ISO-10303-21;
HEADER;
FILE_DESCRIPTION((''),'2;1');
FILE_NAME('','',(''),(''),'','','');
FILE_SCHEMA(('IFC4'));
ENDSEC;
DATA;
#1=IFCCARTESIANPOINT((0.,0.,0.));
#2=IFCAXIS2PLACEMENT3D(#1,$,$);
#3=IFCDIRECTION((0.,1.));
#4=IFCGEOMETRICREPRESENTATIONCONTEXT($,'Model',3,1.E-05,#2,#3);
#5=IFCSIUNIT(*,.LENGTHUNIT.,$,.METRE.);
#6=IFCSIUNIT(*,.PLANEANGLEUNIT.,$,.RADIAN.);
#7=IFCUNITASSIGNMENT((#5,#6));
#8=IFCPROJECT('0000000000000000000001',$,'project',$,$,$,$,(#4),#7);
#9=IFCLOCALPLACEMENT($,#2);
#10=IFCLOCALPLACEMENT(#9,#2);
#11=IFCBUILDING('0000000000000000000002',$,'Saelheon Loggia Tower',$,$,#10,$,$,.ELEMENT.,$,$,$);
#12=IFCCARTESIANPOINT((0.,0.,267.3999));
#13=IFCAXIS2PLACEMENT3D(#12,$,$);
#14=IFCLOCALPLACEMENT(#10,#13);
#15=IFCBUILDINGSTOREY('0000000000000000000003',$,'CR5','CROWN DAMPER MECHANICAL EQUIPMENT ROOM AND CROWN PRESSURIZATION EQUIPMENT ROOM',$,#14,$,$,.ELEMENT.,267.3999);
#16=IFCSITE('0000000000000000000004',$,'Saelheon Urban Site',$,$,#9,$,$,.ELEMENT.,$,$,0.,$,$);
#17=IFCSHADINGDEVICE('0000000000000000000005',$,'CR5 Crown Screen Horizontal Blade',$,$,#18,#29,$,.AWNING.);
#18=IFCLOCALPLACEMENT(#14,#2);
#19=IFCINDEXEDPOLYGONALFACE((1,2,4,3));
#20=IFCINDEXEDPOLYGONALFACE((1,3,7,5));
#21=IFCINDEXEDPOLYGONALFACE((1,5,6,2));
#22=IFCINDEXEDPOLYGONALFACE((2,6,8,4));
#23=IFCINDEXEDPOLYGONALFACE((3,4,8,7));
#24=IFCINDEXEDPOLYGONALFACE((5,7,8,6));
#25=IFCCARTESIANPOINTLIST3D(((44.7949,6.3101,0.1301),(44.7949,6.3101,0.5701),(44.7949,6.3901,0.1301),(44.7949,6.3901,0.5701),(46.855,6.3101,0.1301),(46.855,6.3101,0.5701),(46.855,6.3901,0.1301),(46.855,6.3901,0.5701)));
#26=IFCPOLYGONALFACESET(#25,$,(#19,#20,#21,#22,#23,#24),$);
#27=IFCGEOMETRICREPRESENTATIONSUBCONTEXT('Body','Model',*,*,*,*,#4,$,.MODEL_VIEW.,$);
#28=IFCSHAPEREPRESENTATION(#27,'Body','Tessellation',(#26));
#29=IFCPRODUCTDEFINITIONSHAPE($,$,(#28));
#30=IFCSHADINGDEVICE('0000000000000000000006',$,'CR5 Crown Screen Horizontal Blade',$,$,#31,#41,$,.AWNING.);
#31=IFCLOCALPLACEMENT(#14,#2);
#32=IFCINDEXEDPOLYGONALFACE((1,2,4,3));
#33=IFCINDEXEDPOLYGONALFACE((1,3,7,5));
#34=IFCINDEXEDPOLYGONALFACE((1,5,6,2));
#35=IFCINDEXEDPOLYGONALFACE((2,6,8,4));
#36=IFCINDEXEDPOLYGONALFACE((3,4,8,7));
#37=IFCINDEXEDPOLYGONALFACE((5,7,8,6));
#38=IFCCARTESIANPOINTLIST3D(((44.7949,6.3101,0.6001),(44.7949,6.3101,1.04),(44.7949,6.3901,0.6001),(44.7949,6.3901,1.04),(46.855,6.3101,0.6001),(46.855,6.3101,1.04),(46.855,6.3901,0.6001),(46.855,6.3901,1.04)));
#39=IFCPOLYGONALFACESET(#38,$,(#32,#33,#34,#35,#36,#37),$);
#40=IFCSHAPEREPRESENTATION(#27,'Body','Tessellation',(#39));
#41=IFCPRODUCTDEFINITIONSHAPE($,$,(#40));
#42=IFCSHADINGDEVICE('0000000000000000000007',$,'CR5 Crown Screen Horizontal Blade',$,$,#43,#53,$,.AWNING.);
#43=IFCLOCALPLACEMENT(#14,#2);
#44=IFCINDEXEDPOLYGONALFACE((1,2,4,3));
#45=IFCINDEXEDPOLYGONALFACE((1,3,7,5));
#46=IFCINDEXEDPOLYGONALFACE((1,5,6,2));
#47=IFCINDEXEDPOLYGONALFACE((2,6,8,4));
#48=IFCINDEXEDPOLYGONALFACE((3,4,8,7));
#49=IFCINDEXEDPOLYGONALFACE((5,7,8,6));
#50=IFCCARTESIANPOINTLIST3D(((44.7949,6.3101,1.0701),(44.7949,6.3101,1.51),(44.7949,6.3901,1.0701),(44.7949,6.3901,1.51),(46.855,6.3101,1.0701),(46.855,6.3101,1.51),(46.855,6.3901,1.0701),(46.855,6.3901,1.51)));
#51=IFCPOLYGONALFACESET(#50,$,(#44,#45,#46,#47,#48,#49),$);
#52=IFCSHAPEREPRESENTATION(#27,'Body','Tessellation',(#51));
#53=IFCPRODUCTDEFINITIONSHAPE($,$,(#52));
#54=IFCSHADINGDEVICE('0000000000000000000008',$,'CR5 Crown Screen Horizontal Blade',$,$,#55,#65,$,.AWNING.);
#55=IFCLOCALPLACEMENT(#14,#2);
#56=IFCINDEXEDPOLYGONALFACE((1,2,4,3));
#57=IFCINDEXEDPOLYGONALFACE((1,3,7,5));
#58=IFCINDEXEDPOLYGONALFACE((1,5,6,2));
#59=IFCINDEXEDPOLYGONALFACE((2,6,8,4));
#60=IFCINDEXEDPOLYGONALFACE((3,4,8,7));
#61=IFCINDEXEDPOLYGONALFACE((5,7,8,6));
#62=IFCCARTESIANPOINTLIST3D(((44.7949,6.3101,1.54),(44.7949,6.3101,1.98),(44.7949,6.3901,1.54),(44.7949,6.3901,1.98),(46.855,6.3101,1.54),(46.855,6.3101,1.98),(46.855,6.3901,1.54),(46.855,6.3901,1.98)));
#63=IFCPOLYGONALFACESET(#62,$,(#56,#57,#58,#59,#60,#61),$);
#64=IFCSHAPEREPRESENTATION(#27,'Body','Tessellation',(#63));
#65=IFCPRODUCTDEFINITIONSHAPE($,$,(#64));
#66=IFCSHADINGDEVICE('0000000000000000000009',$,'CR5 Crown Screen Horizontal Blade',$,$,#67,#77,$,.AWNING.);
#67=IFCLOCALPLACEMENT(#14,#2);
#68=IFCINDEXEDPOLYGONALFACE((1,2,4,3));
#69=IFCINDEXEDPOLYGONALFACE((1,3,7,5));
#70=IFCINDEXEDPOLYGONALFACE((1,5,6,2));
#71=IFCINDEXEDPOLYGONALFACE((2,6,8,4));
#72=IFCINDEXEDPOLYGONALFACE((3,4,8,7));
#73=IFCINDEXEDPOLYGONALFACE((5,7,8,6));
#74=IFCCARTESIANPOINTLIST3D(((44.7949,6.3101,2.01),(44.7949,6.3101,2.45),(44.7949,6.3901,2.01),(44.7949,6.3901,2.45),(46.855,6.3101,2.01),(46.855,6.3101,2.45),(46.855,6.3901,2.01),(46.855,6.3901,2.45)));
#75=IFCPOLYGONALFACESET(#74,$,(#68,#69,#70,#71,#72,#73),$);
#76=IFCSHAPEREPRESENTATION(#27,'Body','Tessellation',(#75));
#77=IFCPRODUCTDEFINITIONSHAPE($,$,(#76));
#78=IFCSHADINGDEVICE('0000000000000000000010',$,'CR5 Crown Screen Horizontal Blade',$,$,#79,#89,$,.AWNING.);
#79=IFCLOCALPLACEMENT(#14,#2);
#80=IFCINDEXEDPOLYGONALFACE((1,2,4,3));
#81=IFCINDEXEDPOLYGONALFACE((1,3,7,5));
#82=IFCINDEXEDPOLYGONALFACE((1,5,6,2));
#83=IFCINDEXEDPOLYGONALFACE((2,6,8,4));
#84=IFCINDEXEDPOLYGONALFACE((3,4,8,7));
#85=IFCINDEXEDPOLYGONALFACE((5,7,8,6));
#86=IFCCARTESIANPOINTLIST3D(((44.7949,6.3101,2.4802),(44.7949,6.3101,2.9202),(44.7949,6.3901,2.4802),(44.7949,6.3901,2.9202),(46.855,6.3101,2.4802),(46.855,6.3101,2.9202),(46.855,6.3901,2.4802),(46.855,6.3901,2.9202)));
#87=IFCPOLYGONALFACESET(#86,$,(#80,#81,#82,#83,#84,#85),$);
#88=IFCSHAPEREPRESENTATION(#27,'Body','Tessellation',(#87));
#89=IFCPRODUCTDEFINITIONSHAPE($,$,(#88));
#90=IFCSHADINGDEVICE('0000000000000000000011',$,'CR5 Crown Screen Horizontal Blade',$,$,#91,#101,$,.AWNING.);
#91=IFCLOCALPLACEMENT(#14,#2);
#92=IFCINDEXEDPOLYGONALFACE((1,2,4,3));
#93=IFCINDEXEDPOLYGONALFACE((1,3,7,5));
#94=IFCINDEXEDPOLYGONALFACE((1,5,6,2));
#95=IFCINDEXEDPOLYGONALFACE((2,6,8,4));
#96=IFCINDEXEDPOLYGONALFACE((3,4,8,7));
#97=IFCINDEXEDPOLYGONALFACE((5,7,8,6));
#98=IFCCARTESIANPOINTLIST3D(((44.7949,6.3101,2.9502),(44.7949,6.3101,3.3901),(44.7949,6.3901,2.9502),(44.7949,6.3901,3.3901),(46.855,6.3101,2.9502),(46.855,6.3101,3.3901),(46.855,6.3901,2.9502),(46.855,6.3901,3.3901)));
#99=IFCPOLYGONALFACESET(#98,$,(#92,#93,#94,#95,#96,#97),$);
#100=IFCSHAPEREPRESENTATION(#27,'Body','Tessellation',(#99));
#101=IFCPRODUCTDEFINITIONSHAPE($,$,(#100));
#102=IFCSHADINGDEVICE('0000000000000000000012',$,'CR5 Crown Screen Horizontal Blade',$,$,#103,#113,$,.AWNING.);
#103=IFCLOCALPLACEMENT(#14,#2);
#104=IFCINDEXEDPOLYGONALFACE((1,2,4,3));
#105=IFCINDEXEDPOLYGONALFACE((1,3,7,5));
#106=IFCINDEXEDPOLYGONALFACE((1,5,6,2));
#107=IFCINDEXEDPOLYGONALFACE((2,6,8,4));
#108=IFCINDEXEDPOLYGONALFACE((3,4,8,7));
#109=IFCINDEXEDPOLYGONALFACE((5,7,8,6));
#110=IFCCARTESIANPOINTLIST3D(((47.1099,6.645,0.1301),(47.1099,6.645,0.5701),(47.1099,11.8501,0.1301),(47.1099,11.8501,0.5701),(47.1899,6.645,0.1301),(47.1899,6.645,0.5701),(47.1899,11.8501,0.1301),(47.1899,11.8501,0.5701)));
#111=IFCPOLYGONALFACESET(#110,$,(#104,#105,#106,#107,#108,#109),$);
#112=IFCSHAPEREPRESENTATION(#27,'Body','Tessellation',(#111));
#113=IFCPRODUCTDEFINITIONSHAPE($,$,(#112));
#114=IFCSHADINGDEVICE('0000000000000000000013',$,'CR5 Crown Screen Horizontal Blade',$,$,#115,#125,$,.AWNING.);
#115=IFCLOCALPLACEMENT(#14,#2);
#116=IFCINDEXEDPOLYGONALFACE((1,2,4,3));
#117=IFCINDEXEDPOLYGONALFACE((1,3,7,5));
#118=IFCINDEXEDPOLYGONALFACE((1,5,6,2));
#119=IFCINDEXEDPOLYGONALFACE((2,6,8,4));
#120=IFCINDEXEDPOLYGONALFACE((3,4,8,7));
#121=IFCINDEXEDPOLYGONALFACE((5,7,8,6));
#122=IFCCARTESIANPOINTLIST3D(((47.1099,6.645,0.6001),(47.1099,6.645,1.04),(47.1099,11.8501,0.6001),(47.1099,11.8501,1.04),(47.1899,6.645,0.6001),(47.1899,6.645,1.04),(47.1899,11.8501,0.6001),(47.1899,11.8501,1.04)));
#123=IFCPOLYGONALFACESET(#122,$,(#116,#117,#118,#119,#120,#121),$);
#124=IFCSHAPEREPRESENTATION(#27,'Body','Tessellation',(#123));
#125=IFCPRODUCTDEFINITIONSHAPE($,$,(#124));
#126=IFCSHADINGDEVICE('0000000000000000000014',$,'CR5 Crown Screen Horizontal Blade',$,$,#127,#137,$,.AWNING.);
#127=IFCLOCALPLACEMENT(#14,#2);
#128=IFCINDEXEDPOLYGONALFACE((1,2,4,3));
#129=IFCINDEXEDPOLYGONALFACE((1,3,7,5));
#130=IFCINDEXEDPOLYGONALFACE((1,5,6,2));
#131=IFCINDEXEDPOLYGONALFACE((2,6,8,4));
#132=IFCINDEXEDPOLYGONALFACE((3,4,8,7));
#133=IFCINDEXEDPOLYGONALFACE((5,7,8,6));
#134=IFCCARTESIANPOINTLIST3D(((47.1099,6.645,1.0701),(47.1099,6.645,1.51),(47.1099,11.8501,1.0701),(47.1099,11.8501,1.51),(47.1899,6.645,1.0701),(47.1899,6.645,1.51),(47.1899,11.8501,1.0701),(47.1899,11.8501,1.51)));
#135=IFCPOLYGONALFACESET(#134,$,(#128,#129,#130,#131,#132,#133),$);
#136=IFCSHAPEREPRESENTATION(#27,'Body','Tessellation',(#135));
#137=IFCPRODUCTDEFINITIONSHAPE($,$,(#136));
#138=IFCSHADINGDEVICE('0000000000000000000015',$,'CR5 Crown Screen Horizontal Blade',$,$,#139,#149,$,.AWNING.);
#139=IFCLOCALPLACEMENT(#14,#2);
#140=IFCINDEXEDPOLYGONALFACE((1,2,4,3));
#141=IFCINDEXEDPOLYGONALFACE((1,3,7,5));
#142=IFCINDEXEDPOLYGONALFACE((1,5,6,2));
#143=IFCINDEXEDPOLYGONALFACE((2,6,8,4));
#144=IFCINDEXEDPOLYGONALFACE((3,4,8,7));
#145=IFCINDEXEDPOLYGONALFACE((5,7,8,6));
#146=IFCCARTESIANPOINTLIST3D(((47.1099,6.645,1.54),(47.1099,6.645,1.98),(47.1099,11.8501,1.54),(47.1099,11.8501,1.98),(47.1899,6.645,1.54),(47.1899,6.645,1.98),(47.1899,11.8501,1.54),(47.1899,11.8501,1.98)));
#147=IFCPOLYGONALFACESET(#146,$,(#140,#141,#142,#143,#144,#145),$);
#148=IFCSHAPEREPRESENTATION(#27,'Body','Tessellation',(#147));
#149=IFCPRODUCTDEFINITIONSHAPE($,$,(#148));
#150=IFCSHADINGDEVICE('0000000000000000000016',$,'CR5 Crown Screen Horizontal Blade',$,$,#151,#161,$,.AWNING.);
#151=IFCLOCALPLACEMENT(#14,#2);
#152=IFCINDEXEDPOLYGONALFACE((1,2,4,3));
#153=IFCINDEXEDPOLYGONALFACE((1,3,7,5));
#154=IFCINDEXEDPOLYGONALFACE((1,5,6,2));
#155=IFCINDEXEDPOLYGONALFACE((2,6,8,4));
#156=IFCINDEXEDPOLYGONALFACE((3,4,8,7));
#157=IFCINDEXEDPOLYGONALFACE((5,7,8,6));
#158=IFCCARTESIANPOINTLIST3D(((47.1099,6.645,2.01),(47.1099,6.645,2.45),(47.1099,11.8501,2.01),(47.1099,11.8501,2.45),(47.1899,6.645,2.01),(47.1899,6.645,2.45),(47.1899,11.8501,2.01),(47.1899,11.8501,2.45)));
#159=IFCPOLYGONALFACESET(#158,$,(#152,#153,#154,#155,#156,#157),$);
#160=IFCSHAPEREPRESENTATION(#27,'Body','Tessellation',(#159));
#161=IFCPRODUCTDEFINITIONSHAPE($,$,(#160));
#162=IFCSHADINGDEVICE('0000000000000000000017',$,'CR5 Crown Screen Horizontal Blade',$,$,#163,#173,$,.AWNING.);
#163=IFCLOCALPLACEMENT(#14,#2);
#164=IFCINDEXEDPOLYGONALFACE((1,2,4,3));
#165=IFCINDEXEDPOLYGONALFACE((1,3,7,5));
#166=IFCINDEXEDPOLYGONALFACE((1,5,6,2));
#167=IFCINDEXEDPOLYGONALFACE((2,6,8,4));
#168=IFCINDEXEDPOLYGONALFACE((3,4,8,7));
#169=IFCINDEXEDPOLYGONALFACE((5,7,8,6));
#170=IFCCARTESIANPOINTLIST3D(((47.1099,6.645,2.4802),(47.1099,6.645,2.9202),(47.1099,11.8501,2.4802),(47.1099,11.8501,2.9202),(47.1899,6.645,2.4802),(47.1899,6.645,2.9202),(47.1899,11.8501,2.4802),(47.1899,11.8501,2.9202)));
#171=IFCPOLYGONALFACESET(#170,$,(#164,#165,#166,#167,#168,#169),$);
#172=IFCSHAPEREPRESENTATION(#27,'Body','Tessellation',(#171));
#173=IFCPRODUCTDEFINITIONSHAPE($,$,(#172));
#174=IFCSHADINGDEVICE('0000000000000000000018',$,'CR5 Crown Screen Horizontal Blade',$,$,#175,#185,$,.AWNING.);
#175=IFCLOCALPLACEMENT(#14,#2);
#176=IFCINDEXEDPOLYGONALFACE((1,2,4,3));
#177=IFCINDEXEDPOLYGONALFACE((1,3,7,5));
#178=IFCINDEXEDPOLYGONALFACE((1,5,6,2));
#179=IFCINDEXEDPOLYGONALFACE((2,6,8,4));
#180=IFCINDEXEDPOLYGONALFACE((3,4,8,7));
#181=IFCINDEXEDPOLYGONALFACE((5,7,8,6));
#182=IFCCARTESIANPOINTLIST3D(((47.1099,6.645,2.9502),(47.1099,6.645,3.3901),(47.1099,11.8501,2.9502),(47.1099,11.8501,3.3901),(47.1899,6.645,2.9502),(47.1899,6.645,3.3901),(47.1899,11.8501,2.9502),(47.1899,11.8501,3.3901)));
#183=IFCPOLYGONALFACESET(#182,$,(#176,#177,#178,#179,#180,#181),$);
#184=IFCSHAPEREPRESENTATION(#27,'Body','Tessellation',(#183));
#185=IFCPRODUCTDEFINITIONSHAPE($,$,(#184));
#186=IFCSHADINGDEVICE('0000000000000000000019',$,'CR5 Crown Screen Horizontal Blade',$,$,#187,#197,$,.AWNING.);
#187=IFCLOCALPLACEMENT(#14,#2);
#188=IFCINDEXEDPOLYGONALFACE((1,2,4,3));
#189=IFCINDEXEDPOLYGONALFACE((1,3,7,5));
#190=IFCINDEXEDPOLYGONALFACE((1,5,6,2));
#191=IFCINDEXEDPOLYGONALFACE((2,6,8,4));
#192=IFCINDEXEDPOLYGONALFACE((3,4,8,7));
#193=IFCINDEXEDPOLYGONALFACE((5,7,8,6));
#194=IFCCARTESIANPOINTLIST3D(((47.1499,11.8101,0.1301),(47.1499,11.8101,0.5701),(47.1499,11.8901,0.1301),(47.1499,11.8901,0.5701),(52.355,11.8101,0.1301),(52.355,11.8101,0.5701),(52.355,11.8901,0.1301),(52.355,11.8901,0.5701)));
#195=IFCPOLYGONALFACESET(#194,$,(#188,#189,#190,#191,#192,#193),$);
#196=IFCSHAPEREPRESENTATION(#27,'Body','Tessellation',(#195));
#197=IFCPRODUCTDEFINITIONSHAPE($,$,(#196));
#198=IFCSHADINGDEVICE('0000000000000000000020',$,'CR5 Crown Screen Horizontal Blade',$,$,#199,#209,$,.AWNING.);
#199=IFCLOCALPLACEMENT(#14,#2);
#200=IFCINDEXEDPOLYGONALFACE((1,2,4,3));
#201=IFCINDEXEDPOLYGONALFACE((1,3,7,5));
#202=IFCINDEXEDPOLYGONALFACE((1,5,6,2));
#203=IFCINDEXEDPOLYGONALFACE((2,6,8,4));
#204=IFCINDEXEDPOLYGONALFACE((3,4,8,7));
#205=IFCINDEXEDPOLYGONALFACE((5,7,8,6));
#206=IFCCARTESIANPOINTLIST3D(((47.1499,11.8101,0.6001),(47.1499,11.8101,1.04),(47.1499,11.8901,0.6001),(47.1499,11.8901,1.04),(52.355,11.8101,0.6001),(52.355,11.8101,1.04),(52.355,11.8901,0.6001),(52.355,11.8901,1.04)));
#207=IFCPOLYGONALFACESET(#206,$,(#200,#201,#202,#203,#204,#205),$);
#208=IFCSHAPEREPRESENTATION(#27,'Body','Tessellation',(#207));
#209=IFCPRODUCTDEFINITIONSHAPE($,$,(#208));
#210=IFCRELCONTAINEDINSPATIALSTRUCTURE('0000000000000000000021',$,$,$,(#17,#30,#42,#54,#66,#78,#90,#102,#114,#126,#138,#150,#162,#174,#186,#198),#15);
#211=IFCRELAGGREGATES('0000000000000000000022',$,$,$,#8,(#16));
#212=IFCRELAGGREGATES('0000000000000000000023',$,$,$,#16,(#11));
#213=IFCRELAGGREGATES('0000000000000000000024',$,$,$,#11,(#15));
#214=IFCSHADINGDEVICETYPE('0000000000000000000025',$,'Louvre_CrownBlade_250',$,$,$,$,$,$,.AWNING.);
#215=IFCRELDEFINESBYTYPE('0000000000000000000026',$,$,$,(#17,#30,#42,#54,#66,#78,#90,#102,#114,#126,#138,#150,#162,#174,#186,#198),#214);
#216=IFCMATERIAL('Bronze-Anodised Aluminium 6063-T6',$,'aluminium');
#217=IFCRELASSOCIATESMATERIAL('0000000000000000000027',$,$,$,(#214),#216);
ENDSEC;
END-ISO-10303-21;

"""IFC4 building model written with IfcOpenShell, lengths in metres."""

from ifc_helpers import new_model, si_unit, direction, frame, origin, origin_2d, place, context, subcontext, project, spatial, rectangle, extrude, source, transform, mapped, material, material_profile, profile_set, type_object, element, save


model = new_model("IFC4")

# Units and contexts
model_context = context("Model", 3, precision=1e-05, world=origin(), true_north=direction((0.0, 1.0)))
body_context = subcontext(model_context, "Body", "Model", "MODEL_VIEW")
ifc_project = project(units=[si_unit("LENGTHUNIT", "METRE"), si_unit("PLANEANGLEUNIT", "RADIAN")], contexts=[model_context])

# Site, building, storey
site_placement = place(None, origin())
site = spatial("IfcSite", under=ifc_project, at=site_placement, Name="Saelheon Urban Site", CompositionType="ELEMENT", RefElevation=0.0)
building_placement = place(site_placement, origin())
building = spatial("IfcBuilding", under=site, at=building_placement, Name="Saelheon Loggia Tower", CompositionType="ELEMENT")
storey_placement = place(building_placement, frame((0.0, 0.0, 267.3999)))
storey = spatial("IfcBuildingStorey", under=building, at=storey_placement, Name="CR5", Description="CROWN DAMPER MECHANICAL EQUIPMENT ROOM AND CROWN PRESSURIZATION EQUIPMENT ROOM", CompositionType="ELEMENT", Elevation=267.3999)

# Shared definitions
ifc_material_1 = material(Name="Bronze-Anodised Aluminium 6063-T6", Category="aluminium")

# Shading devices
ifc_material_profile_1 = material_profile(ifc_material_1, rectangle(XDim=0.0801, YDim=0.4399, at=origin_2d()), Name="Louvre_CrownBlade_250")
ifc_profile_set_1 = profile_set([ifc_material_profile_1], Name="Bronze-Anodised Aluminium 6063-T6")
shading_device_type = type_object("IfcShadingDeviceType", Name="Louvre_CrownBlade_250", PredefinedType="AWNING", material=ifc_profile_set_1)
shared_shape_1 = source(origin(), body_context, "Body", "SweptSolid", [
    extrude(rectangle(XDim=0.0801, YDim=0.4399, at=origin_2d()), origin(), (0.0, 0.0, 1.0), 2.0601),
])
for number, where, z_axis, x_axis, name in (
    (1, (44.7949, 6.3501, 0.3501), (1.0, 0.0, 0.0), (0.0, 1.0, 0.0), "CR5 Crown Screen Horizontal Blade"),
    (2, (44.7949, 6.3501, 0.8201), (1.0, 0.0, 0.0), (0.0, 1.0, 0.0), "CR5 Crown Screen Horizontal Blade"),
    (3, (44.7949, 6.3501, 1.29), (1.0, 0.0, 0.0), (0.0, 1.0, 0.0), "CR5 Crown Screen Horizontal Blade"),
    (4, (44.7949, 6.3501, 1.76), (1.0, 0.0, 0.0), (0.0, 1.0, 0.0), "CR5 Crown Screen Horizontal Blade"),
    (5, (44.7949, 6.3501, 2.23), (1.0, 0.0, 0.0), (0.0, 1.0, 0.0), "CR5 Crown Screen Horizontal Blade"),
    (6, (44.7949, 6.3501, 2.7002), (1.0, 0.0, 0.0), (0.0, 1.0, 0.0), "CR5 Crown Screen Horizontal Blade"),
    (7, (44.7949, 6.3501, 3.1702), (1.0, 0.0, 0.0), (0.0, 1.0, 0.0), "CR5 Crown Screen Horizontal Blade"),
):
    element("IfcShadingDevice", number, at=place(storey_placement, frame(where, z_axis=z_axis, x_axis=x_axis)), inside=storey, type_object=shading_device_type, Name=name, PredefinedType="AWNING", context=body_context, shape_type="MappedRepresentation", body=[
        mapped(shared_shape_1, transform((0.0, 0.0, 0.0), scale=1.0)),
    ])
shared_shape_2 = source(origin(), body_context, "Body", "SweptSolid", [
    extrude(rectangle(XDim=0.0801, YDim=0.4399, at=origin_2d()), origin(), (0.0, 0.0, 1.0), 5.2051),
])
for number, where, z_axis, x_axis, name in (
    (8, (47.1499, 6.645, 0.3501), (0.0, 1.0, 0.0), (-1.0, 0.0, 0.0), "CR5 Crown Screen Horizontal Blade"),
    (9, (47.1499, 6.645, 0.8201), (0.0, 1.0, 0.0), (-1.0, 0.0, 0.0), "CR5 Crown Screen Horizontal Blade"),
    (10, (47.1499, 6.645, 1.29), (0.0, 1.0, 0.0), (-1.0, 0.0, 0.0), "CR5 Crown Screen Horizontal Blade"),
    (11, (47.1499, 6.645, 1.76), (0.0, 1.0, 0.0), (-1.0, 0.0, 0.0), "CR5 Crown Screen Horizontal Blade"),
    (12, (47.1499, 6.645, 2.23), (0.0, 1.0, 0.0), (-1.0, 0.0, 0.0), "CR5 Crown Screen Horizontal Blade"),
    (13, (47.1499, 6.645, 2.7002), (0.0, 1.0, 0.0), (-1.0, 0.0, 0.0), "CR5 Crown Screen Horizontal Blade"),
    (14, (47.1499, 6.645, 3.1702), (0.0, 1.0, 0.0), (-1.0, 0.0, 0.0), "CR5 Crown Screen Horizontal Blade"),
    (15, (47.1499, 11.8501, 0.3501), (1.0, 0.0, 0.0), (0.0, 1.0, 0.0), "CR5 Crown Screen Horizontal Blade"),
    (16, (47.1499, 11.8501, 0.8201), (1.0, 0.0, 0.0), (0.0, 1.0, 0.0), "CR5 Crown Screen Horizontal Blade"),
):
    element("IfcShadingDevice", number, at=place(storey_placement, frame(where, z_axis=z_axis, x_axis=x_axis)), inside=storey, type_object=shading_device_type, Name=name, PredefinedType="AWNING", context=body_context, shape_type="MappedRepresentation", body=[
        mapped(shared_shape_2, transform((0.0, 0.0, 0.0), scale=1.0)),
    ])

save(model, "model.ifc")
